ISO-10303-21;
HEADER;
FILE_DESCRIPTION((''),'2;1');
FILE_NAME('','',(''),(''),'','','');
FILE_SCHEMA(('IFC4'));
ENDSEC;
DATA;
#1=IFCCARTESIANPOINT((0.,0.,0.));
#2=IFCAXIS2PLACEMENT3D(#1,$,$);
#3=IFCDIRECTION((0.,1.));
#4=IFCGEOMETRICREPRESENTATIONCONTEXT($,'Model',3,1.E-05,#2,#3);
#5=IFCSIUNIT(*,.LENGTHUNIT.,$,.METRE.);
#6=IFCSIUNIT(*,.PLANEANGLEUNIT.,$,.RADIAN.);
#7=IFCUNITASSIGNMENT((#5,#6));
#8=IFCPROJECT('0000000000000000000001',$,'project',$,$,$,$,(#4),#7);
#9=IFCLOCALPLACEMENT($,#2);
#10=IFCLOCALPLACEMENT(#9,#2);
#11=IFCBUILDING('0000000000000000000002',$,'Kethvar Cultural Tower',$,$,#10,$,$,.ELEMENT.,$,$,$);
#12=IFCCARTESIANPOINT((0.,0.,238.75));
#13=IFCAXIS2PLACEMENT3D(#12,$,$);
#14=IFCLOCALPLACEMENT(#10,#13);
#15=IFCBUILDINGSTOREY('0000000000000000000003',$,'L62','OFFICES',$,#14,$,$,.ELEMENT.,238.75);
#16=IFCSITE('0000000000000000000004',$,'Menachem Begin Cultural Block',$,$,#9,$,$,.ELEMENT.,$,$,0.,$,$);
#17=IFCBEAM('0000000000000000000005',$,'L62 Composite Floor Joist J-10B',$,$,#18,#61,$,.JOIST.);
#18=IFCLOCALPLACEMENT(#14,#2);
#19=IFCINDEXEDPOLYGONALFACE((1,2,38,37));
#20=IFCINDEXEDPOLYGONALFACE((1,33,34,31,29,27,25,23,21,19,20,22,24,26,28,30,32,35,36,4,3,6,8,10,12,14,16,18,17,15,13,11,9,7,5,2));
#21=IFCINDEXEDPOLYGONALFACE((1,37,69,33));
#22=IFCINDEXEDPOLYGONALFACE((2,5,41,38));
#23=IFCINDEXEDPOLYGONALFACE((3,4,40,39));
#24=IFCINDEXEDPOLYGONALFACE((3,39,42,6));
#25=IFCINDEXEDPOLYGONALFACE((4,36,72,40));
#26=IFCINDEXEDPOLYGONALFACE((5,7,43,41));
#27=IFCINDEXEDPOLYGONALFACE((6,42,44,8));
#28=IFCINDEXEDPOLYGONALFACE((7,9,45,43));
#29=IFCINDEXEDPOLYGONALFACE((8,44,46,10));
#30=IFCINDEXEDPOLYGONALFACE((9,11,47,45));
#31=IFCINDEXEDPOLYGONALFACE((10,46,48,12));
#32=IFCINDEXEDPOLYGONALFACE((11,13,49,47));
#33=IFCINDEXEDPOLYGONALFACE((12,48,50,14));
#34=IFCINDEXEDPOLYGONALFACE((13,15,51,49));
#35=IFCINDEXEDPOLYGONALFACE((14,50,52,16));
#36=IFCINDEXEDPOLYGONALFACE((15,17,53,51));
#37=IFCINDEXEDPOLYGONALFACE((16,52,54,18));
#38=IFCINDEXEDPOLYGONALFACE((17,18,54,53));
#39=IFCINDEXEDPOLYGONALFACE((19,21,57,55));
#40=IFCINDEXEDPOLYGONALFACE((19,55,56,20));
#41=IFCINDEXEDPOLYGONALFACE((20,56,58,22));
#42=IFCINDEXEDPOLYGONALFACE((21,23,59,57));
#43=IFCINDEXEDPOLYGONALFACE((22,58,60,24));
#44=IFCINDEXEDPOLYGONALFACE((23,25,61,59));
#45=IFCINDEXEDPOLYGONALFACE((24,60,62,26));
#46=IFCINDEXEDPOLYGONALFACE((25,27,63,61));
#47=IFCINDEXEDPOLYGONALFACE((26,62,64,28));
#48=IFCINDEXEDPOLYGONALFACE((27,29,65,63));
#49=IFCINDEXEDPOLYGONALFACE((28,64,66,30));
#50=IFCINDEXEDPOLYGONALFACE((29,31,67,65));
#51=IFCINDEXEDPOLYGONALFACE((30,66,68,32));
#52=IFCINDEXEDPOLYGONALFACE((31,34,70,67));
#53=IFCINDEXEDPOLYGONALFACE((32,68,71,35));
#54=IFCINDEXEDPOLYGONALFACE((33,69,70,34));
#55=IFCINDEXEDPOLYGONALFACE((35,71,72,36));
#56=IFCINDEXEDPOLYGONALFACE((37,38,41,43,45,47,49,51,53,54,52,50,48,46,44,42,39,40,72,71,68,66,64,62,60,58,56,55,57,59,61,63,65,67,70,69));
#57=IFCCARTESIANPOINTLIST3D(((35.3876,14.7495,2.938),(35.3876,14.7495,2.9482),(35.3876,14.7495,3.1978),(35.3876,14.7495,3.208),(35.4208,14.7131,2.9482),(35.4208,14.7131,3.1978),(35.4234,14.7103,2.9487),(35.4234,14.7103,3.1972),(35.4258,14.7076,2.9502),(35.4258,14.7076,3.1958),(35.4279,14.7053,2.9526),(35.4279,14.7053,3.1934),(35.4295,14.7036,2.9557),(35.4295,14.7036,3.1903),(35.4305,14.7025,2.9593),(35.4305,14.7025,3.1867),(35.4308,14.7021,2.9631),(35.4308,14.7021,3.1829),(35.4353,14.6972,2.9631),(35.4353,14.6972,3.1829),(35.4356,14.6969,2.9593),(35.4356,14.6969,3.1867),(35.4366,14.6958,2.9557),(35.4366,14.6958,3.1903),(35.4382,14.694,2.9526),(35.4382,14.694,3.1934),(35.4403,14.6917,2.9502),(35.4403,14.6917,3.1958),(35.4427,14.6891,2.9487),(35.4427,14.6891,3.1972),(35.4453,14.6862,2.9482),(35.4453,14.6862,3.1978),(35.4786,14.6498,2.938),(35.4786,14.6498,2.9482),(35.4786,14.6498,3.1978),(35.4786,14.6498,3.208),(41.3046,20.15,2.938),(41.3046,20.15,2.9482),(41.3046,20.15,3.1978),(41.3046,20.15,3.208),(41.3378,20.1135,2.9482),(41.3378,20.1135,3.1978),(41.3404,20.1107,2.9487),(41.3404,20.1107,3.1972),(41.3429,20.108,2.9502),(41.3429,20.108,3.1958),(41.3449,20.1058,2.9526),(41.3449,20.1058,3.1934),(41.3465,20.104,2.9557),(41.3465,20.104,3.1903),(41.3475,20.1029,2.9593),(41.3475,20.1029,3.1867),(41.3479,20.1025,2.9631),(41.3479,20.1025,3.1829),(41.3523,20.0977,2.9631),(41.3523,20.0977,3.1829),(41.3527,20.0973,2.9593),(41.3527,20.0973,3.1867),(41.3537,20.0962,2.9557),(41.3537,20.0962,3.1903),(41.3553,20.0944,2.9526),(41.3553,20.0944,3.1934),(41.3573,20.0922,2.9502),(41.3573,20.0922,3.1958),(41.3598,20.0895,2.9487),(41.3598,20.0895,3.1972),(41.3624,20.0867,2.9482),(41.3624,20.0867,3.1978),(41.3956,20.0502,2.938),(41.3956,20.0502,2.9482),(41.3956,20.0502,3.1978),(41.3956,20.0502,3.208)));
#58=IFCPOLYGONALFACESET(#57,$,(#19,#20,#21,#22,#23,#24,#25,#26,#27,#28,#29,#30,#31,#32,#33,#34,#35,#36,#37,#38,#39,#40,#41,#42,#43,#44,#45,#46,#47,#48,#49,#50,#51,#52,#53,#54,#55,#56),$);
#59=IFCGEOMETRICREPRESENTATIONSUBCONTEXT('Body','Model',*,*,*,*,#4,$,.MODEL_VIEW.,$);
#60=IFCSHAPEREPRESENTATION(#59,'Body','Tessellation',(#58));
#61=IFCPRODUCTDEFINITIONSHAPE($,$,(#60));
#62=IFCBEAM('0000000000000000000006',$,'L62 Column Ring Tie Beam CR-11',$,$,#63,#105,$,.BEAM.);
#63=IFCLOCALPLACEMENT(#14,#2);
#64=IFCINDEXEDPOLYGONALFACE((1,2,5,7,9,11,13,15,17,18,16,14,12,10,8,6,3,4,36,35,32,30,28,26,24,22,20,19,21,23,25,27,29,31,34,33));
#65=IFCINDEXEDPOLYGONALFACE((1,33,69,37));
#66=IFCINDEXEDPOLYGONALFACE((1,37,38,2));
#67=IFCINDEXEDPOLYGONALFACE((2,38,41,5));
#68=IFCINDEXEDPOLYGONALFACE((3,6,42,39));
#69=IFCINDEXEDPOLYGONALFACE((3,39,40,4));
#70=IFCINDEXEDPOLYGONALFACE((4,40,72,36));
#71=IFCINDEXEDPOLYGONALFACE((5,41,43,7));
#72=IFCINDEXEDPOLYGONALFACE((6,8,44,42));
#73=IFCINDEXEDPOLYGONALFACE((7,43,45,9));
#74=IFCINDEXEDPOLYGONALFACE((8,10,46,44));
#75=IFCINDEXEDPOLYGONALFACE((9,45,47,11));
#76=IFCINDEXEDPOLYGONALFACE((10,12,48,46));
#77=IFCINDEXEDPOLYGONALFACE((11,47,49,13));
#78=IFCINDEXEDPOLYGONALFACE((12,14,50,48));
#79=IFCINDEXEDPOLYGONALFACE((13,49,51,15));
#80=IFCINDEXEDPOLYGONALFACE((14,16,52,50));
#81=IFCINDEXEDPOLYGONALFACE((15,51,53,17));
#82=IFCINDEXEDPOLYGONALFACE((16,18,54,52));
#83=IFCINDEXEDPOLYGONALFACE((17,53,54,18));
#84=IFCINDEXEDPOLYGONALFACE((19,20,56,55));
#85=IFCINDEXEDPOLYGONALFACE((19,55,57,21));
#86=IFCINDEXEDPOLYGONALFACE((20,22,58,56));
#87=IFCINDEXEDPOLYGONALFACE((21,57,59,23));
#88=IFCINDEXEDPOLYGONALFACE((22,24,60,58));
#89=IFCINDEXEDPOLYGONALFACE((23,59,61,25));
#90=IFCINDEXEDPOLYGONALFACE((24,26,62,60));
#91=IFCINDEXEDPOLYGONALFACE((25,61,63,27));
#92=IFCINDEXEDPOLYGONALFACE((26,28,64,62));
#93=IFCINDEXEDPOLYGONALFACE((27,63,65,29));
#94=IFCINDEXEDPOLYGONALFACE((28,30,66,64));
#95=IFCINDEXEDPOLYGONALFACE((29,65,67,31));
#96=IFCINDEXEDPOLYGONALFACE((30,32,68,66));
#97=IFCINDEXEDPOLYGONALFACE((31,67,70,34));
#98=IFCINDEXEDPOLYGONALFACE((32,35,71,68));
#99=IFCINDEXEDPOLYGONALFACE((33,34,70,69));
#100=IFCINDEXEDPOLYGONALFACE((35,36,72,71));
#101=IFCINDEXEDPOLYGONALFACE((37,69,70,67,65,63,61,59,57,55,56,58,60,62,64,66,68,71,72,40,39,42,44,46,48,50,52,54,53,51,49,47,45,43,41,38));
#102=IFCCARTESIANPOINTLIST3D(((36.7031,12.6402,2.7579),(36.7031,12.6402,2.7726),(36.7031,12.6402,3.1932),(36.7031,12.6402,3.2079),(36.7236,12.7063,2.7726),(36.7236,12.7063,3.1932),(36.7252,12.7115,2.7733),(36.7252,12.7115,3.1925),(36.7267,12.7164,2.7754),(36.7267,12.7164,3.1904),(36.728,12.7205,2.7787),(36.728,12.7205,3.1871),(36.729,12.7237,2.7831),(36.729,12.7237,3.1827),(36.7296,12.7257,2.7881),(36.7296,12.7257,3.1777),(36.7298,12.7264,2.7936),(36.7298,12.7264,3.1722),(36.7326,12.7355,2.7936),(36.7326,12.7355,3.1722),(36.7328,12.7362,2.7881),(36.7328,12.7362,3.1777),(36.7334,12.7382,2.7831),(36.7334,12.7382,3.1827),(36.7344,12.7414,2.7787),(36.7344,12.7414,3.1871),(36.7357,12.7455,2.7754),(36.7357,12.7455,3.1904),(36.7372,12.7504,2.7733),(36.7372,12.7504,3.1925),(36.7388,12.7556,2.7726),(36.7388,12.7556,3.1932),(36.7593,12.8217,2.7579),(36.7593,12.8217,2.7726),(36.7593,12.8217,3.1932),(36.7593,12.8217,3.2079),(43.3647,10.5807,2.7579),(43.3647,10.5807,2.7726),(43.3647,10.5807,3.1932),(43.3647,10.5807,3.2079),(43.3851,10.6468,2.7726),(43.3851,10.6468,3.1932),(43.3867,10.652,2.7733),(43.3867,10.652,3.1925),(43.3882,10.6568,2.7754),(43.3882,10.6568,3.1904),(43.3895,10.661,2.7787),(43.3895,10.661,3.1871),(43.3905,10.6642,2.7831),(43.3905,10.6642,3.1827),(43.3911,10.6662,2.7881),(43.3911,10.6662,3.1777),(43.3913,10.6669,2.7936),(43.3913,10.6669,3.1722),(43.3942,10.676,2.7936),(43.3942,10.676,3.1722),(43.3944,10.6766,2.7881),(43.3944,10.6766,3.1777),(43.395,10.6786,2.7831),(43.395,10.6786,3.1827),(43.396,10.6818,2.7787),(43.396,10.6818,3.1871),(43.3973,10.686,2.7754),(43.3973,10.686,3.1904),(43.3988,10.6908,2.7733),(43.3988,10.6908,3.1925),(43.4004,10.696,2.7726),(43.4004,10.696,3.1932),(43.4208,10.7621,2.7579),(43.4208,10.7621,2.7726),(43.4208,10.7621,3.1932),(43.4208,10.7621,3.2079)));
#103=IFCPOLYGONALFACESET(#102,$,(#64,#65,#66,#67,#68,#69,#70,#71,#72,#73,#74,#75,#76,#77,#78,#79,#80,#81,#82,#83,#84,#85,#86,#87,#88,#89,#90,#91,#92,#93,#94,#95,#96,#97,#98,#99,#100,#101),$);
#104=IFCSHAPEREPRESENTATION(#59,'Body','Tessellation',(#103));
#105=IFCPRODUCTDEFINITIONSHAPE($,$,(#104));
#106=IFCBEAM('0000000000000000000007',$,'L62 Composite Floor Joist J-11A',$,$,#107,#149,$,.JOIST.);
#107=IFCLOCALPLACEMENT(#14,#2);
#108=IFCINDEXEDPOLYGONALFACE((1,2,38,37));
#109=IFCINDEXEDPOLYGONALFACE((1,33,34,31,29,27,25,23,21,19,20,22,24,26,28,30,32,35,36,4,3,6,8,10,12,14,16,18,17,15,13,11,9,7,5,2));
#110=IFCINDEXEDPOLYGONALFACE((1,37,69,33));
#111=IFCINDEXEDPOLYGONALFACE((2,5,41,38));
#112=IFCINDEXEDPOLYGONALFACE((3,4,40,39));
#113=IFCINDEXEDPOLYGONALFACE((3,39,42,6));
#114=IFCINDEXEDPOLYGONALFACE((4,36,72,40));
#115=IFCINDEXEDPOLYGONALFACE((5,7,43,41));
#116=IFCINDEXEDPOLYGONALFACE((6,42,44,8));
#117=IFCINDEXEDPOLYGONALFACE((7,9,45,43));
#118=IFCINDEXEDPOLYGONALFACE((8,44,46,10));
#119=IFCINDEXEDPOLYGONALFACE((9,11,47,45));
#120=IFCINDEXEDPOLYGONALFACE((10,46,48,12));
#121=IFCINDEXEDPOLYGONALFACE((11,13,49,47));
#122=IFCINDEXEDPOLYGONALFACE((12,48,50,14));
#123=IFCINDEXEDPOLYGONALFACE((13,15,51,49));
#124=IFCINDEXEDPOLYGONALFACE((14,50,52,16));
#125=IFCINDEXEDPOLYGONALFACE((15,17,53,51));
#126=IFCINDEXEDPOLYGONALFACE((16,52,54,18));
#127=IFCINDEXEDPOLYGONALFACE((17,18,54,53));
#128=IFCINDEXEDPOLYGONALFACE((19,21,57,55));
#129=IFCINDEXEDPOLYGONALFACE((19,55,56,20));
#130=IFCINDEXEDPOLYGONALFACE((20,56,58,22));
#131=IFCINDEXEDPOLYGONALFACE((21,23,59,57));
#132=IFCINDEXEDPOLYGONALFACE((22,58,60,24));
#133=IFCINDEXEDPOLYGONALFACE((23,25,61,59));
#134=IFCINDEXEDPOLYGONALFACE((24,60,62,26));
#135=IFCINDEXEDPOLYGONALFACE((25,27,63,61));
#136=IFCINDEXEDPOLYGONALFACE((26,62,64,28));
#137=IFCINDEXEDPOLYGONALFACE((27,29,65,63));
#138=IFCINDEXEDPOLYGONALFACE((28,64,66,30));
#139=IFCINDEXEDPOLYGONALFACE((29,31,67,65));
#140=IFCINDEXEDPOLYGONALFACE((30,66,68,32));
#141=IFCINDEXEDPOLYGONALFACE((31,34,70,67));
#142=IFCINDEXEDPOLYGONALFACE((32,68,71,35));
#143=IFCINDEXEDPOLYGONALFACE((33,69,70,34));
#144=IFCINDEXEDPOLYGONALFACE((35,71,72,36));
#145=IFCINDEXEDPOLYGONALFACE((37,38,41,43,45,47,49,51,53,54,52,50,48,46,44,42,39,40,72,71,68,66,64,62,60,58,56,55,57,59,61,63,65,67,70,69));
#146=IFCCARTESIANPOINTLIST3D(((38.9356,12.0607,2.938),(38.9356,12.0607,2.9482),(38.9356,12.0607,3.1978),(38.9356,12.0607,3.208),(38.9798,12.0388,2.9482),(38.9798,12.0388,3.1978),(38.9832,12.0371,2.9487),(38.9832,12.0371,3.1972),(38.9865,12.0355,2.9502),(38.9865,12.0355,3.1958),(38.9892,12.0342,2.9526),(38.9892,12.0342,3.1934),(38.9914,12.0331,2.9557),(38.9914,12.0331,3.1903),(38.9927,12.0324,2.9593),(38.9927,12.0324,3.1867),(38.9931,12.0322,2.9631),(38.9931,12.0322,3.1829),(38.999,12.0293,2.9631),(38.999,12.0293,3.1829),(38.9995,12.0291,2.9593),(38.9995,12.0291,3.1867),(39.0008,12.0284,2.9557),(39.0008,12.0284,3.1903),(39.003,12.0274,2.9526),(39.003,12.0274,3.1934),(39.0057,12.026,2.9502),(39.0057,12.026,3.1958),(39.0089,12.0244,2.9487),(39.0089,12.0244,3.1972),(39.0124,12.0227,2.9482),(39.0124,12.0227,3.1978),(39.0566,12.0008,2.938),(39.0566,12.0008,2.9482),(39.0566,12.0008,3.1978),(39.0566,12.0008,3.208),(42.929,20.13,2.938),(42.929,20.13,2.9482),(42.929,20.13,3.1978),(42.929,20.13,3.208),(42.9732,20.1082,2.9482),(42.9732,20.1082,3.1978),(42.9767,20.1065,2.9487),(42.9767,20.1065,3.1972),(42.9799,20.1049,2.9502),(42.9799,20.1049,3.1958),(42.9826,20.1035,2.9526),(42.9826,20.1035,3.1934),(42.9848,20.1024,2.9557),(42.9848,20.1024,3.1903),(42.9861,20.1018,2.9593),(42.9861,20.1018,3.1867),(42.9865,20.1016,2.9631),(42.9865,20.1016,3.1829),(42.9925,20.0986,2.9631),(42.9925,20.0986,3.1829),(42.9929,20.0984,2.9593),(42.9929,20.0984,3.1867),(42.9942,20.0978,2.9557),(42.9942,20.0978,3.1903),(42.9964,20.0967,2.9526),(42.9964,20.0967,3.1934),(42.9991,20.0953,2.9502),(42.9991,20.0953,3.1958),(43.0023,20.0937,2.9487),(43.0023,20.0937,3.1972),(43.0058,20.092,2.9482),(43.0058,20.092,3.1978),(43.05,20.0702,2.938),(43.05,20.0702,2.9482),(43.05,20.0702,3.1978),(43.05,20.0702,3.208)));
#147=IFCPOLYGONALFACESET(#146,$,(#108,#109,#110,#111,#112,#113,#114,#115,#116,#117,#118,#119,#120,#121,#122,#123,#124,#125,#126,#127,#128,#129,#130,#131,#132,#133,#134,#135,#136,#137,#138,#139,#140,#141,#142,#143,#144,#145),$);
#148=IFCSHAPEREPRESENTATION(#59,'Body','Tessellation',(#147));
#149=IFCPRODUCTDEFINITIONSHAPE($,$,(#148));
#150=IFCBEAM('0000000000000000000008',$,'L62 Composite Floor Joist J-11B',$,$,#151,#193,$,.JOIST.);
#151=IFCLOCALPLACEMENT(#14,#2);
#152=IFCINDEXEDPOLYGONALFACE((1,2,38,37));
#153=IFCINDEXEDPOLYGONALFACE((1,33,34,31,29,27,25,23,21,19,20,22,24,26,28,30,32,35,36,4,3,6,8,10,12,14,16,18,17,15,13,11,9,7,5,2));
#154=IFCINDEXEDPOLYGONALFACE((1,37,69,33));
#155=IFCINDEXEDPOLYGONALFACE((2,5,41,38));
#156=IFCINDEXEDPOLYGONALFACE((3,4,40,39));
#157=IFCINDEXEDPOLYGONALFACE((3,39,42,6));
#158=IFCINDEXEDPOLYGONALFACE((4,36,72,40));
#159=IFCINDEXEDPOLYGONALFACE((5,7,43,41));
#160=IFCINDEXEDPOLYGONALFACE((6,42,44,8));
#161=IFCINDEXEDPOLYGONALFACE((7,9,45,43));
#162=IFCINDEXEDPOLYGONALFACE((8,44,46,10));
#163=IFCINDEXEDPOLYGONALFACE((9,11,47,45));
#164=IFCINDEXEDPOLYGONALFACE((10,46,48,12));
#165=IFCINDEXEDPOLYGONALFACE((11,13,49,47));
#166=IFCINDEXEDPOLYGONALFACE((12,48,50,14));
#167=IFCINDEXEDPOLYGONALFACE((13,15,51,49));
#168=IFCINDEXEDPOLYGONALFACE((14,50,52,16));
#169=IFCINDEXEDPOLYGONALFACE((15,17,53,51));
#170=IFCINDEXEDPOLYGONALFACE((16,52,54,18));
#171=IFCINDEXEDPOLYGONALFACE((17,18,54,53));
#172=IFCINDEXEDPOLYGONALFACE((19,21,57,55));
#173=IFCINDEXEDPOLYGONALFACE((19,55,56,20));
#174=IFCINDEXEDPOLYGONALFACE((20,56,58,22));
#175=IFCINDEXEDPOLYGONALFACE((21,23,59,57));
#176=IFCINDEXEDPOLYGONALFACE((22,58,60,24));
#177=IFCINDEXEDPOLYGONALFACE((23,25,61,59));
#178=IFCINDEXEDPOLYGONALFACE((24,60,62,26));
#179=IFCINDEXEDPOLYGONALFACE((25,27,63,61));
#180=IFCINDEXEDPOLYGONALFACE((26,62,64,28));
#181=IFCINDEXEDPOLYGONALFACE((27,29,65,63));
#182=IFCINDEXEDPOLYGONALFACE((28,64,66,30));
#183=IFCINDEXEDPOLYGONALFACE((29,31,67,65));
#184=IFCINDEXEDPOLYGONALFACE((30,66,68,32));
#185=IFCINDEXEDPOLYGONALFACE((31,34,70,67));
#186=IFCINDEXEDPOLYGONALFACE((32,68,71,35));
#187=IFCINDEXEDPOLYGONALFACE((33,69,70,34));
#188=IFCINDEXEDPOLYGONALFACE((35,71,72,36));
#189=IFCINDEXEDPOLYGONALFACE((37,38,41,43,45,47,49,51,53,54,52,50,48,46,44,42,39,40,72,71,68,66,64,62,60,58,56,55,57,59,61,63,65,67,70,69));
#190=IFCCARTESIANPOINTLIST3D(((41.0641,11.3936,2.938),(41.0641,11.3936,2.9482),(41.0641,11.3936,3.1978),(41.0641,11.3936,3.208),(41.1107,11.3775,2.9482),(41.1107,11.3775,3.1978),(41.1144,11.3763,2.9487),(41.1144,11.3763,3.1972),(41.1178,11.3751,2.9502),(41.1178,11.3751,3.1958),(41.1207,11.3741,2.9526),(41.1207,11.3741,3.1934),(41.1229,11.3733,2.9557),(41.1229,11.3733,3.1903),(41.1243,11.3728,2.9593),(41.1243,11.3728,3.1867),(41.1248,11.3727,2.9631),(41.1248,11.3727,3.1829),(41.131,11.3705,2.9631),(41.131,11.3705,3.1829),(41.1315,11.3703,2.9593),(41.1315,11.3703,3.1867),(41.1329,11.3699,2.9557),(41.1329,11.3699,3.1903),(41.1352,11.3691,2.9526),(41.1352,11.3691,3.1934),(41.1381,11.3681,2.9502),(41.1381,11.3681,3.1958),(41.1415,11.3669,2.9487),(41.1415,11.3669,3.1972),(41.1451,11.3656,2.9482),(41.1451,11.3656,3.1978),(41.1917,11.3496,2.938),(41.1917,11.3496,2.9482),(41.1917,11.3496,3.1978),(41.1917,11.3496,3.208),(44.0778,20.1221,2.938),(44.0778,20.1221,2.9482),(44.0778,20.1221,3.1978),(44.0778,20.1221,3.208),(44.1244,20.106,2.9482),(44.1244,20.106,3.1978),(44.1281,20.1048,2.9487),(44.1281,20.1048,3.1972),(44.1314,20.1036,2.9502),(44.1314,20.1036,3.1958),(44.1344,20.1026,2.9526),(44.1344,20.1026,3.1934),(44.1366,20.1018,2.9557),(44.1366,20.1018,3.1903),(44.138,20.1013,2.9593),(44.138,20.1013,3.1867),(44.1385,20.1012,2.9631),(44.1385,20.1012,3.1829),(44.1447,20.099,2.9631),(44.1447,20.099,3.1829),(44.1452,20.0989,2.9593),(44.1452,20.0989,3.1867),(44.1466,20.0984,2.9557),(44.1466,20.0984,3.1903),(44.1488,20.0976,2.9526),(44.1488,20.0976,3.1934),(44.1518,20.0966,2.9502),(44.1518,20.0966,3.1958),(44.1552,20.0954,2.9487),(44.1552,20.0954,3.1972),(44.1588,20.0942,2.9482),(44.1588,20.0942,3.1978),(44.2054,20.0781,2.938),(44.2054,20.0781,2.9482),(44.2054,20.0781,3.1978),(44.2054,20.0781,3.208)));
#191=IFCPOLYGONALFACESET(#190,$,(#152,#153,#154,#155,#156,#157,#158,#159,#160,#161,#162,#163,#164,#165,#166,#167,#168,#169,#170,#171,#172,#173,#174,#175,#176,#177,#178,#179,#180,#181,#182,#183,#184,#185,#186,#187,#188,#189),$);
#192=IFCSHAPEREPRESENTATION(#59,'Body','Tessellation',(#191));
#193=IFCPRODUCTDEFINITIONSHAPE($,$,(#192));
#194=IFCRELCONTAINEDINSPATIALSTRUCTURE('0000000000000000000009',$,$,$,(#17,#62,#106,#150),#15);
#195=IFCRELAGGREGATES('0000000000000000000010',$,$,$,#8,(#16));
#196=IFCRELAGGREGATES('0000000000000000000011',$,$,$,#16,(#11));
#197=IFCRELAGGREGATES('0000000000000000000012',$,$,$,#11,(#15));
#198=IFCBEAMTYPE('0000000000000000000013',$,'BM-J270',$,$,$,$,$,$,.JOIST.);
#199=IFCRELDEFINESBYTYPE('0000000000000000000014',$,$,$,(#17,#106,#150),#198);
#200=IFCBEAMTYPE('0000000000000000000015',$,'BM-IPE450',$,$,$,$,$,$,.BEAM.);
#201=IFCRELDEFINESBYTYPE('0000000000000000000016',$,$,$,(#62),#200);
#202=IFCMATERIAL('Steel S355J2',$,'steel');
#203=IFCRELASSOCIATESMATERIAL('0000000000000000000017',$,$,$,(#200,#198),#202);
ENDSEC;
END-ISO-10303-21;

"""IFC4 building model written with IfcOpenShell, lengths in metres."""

from ifc_helpers import new_model, si_unit, direction, frame, origin, origin_2d, place, context, subcontext, project, spatial, i_section, extrude, source, transform, mapped, material, material_profile, profile_set, type_object, element, save


model = new_model("IFC4")

# Units and contexts
model_context = context("Model", 3, precision=1e-05, world=origin(), true_north=direction((0.0, 1.0)))
body_context = subcontext(model_context, "Body", "Model", "MODEL_VIEW")
ifc_project = project(units=[si_unit("LENGTHUNIT", "METRE"), si_unit("PLANEANGLEUNIT", "RADIAN")], contexts=[model_context])

# Site, building, storey
site_placement = place(None, origin())
site = spatial("IfcSite", under=ifc_project, at=site_placement, Name="Menachem Begin Cultural Block", CompositionType="ELEMENT", RefElevation=0.0)
building_placement = place(site_placement, origin())
building = spatial("IfcBuilding", under=site, at=building_placement, Name="Kethvar Cultural Tower", CompositionType="ELEMENT")
storey_placement = place(building_placement, frame((0.0, 0.0, 238.75)))
storey = spatial("IfcBuildingStorey", under=building, at=storey_placement, Name="L62", Description="OFFICES", CompositionType="ELEMENT", Elevation=238.75)

# Beams
ifc_material_1 = material(Name="Steel S355J2", Category="steel")
ifc_material_profile_1 = material_profile(ifc_material_1, i_section(OverallWidth=0.1899, OverallDepth=0.45, WebThickness=0.0095, FlangeThickness=0.0146, FilletRadius=0.021, at=origin_2d()), Name="Steel S355J2 — IPE450")
ifc_profile_set_1 = profile_set([ifc_material_profile_1], Name="Steel S355J2 — IPE450")
beam_type_1 = type_object("IfcBeamType", Name="BM-IPE450", PredefinedType="BEAM", material=ifc_profile_set_1)
ifc_material_profile_2 = material_profile(ifc_material_1, i_section(OverallWidth=0.135, OverallDepth=0.27, WebThickness=0.0066, FlangeThickness=0.0103, FilletRadius=0.0149, at=origin_2d()), Name="Steel S355J2 — IPE270")
ifc_profile_set_2 = profile_set([ifc_material_profile_2], Name="Steel S355J2 — IPE270")
beam_type_2 = type_object("IfcBeamType", Name="BM-J270", PredefinedType="JOIST", material=ifc_profile_set_2)
shared_shape_1 = source(origin(), body_context, "Body", "SweptSolid", [
    extrude(i_section(OverallWidth=0.135, OverallDepth=0.27, WebThickness=0.0066, FlangeThickness=0.0103, FilletRadius=0.0149, at=origin_2d()), origin(), (0.0, 0.0, 1.0), 8.011),
])
beam_1_placement = place(storey_placement, frame((41.3501, 20.1001, 3.073), z_axis=(-0.738615, -0.674128, 0.0), x_axis=(0.674128, -0.738615, 0.0)))
element("IfcBeam", 1, at=beam_1_placement, inside=storey, type_object=beam_type_2, Name="L62 Composite Floor Joist J-10B", PredefinedType="JOIST", context=body_context, shape_type="MappedRepresentation", body=[
    mapped(shared_shape_1, transform((0.0, 0.0, 0.0), scale=1.0)),
])
shared_shape_2 = source(origin(), body_context, "Body", "SweptSolid", [
    extrude(i_section(OverallWidth=0.1899, OverallDepth=0.45, WebThickness=0.0095, FlangeThickness=0.0146, FilletRadius=0.021, at=origin_2d()), origin(), (0.0, 0.0, 1.0), 6.9727),
])
beam_2_placement = place(storey_placement, frame((36.7312, 12.731, 2.9829), z_axis=(0.955381, -0.295375, 0.0), x_axis=(0.295375, 0.955381, 0.0)))
element("IfcBeam", 2, at=beam_2_placement, inside=storey, type_object=beam_type_1, Name="L62 Column Ring Tie Beam CR-11", PredefinedType="BEAM", context=body_context, shape_type="MappedRepresentation", body=[
    mapped(shared_shape_2, transform((0.0, 0.0, 0.0), scale=1.0)),
])
shared_shape_3 = source(origin(), body_context, "Body", "SweptSolid", [
    extrude(i_section(OverallWidth=0.135, OverallDepth=0.27, WebThickness=0.0066, FlangeThickness=0.0103, FilletRadius=0.0149, at=origin_2d()), origin(), (0.0, 0.0, 1.0), 9.0034),
])
beam_3_placement = place(storey_placement, frame((42.9895, 20.1001, 3.073), z_axis=(-0.443544, -0.896253, 0.0), x_axis=(0.896253, -0.443544, 0.0)))
element("IfcBeam", 3, at=beam_3_placement, inside=storey, type_object=beam_type_2, Name="L62 Composite Floor Joist J-11A", PredefinedType="JOIST", context=body_context, shape_type="MappedRepresentation", body=[
    mapped(shared_shape_3, transform((0.0, 0.0, 0.0), scale=1.0)),
])
shared_shape_4 = source(origin(), body_context, "Body", "SweptSolid", [
    extrude(i_section(OverallWidth=0.135, OverallDepth=0.27, WebThickness=0.0066, FlangeThickness=0.0103, FilletRadius=0.0149, at=origin_2d()), origin(), (0.0, 0.0, 1.0), 9.2341),
])
beam_4_placement = place(storey_placement, frame((44.1416, 20.1001, 3.073), z_axis=(-0.326362, -0.945245, 0.0), x_axis=(0.945245, -0.326362, 0.0)))
element("IfcBeam", 4, at=beam_4_placement, inside=storey, type_object=beam_type_2, Name="L62 Composite Floor Joist J-11B", PredefinedType="JOIST", context=body_context, shape_type="MappedRepresentation", body=[
    mapped(shared_shape_4, transform((0.0, 0.0, 0.0), scale=1.0)),
])

save(model, "model.ifc")
